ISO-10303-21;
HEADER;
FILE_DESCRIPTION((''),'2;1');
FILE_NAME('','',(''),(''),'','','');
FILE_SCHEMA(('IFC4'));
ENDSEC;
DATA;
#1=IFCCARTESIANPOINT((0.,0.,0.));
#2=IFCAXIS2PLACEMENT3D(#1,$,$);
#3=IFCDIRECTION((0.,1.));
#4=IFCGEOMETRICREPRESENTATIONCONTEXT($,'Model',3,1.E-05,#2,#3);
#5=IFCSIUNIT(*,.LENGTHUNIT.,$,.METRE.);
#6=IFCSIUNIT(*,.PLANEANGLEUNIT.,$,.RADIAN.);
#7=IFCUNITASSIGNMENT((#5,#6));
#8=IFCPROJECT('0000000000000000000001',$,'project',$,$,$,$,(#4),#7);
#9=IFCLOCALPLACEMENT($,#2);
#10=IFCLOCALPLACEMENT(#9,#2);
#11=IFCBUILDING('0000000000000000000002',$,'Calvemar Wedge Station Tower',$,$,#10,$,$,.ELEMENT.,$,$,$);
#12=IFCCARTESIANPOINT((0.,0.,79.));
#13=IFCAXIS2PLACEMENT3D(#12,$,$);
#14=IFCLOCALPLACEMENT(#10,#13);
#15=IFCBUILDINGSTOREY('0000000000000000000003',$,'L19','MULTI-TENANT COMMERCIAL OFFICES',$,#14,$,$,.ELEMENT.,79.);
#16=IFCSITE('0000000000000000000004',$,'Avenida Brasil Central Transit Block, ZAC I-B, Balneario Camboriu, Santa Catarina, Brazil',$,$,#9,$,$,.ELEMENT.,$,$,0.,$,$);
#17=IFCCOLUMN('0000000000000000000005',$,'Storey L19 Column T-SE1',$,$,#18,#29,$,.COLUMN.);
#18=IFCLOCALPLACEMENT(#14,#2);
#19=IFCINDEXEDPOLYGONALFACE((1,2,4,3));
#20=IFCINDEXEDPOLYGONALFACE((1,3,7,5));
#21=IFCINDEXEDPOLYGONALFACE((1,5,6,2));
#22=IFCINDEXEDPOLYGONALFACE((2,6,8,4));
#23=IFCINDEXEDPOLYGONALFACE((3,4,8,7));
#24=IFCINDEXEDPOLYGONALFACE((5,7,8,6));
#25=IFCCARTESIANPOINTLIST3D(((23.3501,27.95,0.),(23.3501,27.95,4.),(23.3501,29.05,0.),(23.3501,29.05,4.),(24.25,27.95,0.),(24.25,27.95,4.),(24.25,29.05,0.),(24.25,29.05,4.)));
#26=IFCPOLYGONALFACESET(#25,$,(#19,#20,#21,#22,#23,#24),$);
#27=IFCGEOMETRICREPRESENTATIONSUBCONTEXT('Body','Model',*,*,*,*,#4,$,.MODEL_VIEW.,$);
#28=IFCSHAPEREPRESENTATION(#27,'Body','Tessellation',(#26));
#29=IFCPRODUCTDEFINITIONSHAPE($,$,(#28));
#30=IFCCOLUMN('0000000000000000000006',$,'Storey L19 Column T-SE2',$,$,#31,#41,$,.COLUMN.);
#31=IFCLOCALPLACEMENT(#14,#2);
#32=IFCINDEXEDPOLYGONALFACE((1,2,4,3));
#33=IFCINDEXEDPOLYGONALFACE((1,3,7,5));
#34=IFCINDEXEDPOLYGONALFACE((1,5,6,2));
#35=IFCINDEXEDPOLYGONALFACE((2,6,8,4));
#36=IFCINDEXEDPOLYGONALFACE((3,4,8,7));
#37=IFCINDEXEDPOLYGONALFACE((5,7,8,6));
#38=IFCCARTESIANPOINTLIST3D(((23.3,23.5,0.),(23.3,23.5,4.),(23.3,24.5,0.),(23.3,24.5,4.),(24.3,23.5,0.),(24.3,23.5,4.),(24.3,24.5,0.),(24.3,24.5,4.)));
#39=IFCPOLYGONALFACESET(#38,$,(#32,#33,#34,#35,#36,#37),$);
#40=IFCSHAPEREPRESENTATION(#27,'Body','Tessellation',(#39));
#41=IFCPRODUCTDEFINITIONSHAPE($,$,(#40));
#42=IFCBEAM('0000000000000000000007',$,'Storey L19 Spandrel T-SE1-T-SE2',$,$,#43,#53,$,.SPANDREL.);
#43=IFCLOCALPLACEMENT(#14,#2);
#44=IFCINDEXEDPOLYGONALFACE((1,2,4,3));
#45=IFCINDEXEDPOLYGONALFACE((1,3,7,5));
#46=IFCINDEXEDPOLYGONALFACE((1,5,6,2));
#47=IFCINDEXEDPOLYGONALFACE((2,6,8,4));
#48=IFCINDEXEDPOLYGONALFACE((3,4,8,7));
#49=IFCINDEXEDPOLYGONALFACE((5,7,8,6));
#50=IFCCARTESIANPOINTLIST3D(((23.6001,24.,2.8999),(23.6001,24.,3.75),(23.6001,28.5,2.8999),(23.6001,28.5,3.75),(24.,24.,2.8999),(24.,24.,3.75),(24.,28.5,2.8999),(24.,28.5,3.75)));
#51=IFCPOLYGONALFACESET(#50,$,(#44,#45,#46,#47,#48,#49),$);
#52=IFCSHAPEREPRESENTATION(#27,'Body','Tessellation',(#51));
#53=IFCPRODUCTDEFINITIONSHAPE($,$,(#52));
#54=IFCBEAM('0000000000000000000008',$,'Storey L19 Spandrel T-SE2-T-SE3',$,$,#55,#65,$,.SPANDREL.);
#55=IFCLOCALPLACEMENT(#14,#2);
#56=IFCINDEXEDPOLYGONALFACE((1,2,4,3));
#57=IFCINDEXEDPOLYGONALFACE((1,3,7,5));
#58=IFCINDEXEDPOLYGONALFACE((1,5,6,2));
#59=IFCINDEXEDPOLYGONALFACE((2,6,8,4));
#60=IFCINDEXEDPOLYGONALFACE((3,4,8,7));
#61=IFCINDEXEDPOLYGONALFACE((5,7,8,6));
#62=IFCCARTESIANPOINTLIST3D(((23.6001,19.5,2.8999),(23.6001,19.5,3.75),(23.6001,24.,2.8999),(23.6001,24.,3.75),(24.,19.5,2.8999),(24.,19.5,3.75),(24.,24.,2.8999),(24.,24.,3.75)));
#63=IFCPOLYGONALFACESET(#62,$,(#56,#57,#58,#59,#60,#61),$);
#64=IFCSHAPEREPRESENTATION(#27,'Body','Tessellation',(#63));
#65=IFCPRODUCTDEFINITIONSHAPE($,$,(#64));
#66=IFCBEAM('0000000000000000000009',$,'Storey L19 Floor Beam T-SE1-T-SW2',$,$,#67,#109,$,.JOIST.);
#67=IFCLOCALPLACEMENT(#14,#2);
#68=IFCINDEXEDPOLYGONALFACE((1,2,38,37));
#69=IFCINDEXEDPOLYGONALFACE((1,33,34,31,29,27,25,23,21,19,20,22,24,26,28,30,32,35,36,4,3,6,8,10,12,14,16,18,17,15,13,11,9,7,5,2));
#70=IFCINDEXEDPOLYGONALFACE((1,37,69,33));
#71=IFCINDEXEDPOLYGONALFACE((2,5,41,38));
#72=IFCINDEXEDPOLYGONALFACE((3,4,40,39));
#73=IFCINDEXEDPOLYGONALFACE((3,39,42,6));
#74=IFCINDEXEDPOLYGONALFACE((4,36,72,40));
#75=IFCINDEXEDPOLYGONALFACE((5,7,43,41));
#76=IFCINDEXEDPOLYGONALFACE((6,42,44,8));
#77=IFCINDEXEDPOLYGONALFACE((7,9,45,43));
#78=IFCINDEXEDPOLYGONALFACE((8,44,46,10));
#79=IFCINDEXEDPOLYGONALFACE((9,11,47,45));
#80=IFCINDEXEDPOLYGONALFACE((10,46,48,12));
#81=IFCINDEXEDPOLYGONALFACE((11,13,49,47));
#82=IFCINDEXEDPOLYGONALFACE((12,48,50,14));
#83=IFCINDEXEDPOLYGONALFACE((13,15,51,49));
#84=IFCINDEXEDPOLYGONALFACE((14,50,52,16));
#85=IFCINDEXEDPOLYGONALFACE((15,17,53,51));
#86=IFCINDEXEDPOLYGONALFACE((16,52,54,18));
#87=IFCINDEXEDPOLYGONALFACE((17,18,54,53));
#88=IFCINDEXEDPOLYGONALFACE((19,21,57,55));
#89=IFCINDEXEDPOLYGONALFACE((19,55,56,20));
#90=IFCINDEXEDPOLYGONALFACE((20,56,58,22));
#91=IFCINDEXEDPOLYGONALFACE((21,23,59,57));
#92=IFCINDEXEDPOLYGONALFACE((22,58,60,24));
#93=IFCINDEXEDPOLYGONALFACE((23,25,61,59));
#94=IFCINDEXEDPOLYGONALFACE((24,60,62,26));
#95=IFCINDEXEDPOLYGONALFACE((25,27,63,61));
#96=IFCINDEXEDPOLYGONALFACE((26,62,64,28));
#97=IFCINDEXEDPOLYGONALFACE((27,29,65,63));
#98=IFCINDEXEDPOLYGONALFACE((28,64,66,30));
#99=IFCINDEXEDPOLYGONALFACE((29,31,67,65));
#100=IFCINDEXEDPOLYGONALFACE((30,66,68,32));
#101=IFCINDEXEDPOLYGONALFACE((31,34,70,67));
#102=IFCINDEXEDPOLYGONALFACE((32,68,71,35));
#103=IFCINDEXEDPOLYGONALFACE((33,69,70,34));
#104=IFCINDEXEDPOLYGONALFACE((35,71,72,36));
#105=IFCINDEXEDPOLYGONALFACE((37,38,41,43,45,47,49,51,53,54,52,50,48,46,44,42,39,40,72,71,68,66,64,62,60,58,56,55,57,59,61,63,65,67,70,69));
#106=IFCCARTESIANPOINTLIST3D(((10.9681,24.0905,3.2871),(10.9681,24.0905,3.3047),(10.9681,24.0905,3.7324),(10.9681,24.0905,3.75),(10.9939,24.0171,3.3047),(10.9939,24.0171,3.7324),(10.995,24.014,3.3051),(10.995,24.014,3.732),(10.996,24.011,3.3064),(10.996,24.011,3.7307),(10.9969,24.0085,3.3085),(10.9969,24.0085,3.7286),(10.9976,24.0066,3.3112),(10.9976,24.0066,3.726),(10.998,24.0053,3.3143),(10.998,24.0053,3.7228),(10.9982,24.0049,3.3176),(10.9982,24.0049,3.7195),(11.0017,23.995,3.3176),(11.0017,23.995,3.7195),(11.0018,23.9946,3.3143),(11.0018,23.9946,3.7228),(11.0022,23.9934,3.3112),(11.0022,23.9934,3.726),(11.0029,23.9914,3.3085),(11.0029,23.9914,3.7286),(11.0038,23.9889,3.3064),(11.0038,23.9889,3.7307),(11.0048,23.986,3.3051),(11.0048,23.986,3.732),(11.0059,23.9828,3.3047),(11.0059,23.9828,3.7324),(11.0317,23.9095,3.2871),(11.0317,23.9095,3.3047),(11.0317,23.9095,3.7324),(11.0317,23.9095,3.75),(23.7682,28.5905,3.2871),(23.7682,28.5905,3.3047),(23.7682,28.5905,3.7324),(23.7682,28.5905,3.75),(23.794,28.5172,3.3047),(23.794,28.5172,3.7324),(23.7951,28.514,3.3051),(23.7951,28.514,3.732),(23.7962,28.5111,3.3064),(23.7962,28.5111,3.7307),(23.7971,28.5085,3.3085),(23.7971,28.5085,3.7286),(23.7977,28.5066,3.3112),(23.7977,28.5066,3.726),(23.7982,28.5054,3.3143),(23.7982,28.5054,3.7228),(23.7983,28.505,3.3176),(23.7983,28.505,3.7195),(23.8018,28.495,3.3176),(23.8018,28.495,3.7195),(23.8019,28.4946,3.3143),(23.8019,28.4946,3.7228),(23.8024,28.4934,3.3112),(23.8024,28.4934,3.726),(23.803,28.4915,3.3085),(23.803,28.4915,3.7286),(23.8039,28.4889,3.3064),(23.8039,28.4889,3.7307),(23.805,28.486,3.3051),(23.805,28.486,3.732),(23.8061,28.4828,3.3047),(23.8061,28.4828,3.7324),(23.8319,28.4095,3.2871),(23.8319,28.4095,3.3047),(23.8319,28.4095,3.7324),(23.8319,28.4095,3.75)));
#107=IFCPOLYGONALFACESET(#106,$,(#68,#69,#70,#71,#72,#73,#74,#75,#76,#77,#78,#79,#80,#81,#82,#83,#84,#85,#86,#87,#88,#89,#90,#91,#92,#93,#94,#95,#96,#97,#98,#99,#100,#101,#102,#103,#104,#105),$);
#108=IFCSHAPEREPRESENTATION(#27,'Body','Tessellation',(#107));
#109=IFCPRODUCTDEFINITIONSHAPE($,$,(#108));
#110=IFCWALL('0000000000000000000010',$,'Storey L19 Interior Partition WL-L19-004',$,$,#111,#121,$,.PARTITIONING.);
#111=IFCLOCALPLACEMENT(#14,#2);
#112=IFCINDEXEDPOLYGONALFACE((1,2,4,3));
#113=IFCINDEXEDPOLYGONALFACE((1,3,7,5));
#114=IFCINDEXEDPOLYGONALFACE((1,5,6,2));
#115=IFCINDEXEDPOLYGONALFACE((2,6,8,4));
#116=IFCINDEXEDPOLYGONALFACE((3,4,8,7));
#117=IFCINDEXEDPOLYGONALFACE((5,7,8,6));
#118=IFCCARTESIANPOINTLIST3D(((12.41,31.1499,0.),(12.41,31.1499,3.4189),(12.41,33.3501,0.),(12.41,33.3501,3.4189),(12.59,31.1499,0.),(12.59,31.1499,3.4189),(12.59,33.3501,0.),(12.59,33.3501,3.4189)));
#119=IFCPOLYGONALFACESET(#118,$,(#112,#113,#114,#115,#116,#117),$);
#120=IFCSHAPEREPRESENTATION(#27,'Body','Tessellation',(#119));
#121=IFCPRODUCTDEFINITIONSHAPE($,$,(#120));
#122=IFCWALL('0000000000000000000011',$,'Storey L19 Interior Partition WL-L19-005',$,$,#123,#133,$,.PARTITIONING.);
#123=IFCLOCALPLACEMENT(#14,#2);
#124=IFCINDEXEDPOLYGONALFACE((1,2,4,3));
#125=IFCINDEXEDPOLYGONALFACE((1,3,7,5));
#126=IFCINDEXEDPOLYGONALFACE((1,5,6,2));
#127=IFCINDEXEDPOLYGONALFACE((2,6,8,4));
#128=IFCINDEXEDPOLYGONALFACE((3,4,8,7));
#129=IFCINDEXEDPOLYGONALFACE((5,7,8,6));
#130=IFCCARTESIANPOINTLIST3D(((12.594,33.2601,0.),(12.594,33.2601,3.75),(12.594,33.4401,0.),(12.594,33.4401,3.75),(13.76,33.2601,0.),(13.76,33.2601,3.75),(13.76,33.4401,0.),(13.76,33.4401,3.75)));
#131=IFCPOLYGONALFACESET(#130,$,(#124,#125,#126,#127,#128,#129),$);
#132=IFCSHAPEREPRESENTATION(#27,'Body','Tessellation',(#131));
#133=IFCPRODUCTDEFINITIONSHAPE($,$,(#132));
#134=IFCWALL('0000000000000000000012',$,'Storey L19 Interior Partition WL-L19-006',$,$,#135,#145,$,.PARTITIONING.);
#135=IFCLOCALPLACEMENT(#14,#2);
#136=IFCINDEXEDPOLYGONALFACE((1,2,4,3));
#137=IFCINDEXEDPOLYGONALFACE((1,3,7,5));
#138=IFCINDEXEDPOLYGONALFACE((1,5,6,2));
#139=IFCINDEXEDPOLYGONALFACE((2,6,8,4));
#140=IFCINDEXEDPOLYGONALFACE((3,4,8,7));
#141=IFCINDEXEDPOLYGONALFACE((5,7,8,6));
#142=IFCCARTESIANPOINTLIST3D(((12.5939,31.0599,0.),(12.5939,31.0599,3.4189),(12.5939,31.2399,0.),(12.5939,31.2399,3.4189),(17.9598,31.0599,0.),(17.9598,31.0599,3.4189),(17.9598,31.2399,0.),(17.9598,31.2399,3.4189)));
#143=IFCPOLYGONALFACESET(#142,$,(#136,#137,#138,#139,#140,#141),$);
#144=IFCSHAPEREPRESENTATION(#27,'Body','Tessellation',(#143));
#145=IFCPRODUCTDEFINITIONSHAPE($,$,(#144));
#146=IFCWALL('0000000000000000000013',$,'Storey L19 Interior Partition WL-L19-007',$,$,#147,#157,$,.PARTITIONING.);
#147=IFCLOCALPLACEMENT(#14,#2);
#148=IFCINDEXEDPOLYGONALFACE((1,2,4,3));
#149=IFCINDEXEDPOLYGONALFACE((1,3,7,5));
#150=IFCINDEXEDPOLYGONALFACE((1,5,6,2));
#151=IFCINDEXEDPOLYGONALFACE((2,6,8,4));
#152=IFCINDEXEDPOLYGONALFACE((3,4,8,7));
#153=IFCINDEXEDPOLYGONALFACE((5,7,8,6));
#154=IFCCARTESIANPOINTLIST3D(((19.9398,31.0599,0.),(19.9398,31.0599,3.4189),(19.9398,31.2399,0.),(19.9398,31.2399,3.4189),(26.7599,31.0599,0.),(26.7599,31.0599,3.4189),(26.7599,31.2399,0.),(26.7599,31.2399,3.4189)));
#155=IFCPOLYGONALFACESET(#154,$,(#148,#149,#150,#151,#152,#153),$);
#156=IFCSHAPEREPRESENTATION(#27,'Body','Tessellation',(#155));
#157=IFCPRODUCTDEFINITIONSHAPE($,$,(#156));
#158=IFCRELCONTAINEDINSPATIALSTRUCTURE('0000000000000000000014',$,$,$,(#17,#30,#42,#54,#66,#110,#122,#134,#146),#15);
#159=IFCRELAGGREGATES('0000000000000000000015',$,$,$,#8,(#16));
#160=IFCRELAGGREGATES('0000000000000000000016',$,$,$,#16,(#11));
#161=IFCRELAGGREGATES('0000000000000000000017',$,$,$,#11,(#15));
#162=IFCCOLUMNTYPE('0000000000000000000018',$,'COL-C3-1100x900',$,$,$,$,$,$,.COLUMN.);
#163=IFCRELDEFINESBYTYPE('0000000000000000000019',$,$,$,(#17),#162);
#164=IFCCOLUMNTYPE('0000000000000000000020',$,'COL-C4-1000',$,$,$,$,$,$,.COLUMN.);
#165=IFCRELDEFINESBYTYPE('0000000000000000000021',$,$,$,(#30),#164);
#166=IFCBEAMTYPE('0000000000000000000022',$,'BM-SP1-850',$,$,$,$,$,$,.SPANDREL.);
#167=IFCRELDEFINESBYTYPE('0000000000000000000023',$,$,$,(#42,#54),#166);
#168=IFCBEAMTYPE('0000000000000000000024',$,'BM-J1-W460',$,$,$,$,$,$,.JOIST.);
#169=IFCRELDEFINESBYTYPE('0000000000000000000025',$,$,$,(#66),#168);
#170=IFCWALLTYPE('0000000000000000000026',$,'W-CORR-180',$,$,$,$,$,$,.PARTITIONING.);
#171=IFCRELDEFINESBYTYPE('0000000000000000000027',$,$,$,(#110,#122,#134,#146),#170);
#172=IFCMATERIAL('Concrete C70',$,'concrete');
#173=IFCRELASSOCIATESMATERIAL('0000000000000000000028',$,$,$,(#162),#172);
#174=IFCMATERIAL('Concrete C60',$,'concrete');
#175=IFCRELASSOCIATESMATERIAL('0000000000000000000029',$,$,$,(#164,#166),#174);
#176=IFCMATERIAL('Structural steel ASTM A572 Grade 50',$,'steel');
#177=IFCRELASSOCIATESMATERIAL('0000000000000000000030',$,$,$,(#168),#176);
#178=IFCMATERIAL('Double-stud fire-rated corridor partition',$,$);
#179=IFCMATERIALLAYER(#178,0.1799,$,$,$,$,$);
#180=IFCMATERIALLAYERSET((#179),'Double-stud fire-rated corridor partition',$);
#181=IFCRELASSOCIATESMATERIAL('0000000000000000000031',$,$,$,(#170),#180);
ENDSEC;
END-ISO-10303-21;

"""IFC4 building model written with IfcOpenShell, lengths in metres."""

from ifc_helpers import new_model, si_unit, direction, frame, frame_2d, origin, origin_2d, place, context, subcontext, project, spatial, rectangle, i_section, extrude, source, transform, mapped, material, layer, layer_set, material_profile, profile_set, type_object, element, save


model = new_model("IFC4")

# Units and contexts
model_context = context("Model", 3, precision=1e-05, world=origin(), true_north=direction((0.0, 1.0)))
body_context = subcontext(model_context, "Body", "Model", "MODEL_VIEW")
ifc_project = project(units=[si_unit("LENGTHUNIT", "METRE"), si_unit("PLANEANGLEUNIT", "RADIAN")], contexts=[model_context])

# Site, building, storey
site_placement = place(None, origin())
site = spatial("IfcSite", under=ifc_project, at=site_placement, Name="Avenida Brasil Central Transit Block, ZAC I-B, Balneario Camboriu, Santa Catarina, Brazil", CompositionType="ELEMENT", RefElevation=0.0)
building_placement = place(site_placement, origin())
building = spatial("IfcBuilding", under=site, at=building_placement, Name="Calvemar Wedge Station Tower", CompositionType="ELEMENT")
storey_placement = place(building_placement, frame((0.0, 0.0, 79.0)))
storey = spatial("IfcBuildingStorey", under=building, at=storey_placement, Name="L19", Description="MULTI-TENANT COMMERCIAL OFFICES", CompositionType="ELEMENT", Elevation=79.0)

# Columns
ifc_material_1 = material(Name="Concrete C70", Category="concrete")
ifc_material_profile_1 = material_profile(ifc_material_1, rectangle(XDim=0.8999, YDim=1.1001, at=origin_2d()), Name="RC1100x900")
ifc_profile_set_1 = profile_set([ifc_material_profile_1], Name="Concrete C70")
column_type_1 = type_object("IfcColumnType", Name="COL-C3-1100x900", PredefinedType="COLUMN", material=ifc_profile_set_1)
shared_shape_1 = source(origin(), body_context, "Body", "SweptSolid", [
    extrude(rectangle(XDim=0.8999, YDim=1.1001, at=origin_2d()), origin(), (0.0, 0.0, 1.0), 4.0),
])
column_1_placement = place(storey_placement, frame((23.8, 28.5, 0.0), z_axis=(0.0, 0.0, 1.0), x_axis=(1.0, 0.0, 0.0)))
element("IfcColumn", 1, at=column_1_placement, inside=storey, type_object=column_type_1, Name="Storey L19 Column T-SE1", PredefinedType="COLUMN", context=body_context, shape_type="MappedRepresentation", body=[
    mapped(shared_shape_1, transform((0.0, 0.0, 0.0), scale=1.0)),
])
ifc_material_2 = material(Name="Concrete C60", Category="concrete")
ifc_material_profile_2 = material_profile(ifc_material_2, rectangle(XDim=1.0, YDim=1.0, at=origin_2d()), Name="RC1000x1000")
ifc_profile_set_2 = profile_set([ifc_material_profile_2], Name="Concrete C60")
column_type_2 = type_object("IfcColumnType", Name="COL-C4-1000", PredefinedType="COLUMN", material=ifc_profile_set_2)
shared_shape_2 = source(origin(), body_context, "Body", "SweptSolid", [
    extrude(rectangle(XDim=1.0, YDim=1.0, at=origin_2d()), origin(), (0.0, 0.0, 1.0), 4.0),
])
column_2_placement = place(storey_placement, frame((23.8, 24.0, 0.0), z_axis=(0.0, 0.0, 1.0), x_axis=(1.0, 0.0, 0.0)))
element("IfcColumn", 2, at=column_2_placement, inside=storey, type_object=column_type_2, Name="Storey L19 Column T-SE2", PredefinedType="COLUMN", context=body_context, shape_type="MappedRepresentation", body=[
    mapped(shared_shape_2, transform((0.0, 0.0, 0.0), scale=1.0)),
])

# Beams
ifc_material_profile_3 = material_profile(ifc_material_2, rectangle(XDim=0.3999, YDim=0.8501, at=origin_2d()), Name="RC400x850")
ifc_profile_set_3 = profile_set([ifc_material_profile_3], Name="Concrete C60")
beam_type_1 = type_object("IfcBeamType", Name="BM-SP1-850", PredefinedType="SPANDREL", material=ifc_profile_set_3)
shared_shape_3 = source(origin(), body_context, "Body", "SweptSolid", [
    extrude(rectangle(XDim=0.3999, YDim=0.8501, at=origin_2d()), origin(), (0.0, 0.0, 1.0), 4.5),
])
for number, where, z_axis, x_axis, name in (
    (3, (23.8, 28.5, 3.325), (0.0, -1.0, 0.0), (1.0, 0.0, 0.0), "Storey L19 Spandrel T-SE1-T-SE2"),
    (4, (23.8, 24.0, 3.325), (0.0, -1.0, 0.0), (1.0, 0.0, 0.0), "Storey L19 Spandrel T-SE2-T-SE3"),
):
    element("IfcBeam", number, at=place(storey_placement, frame(where, z_axis=z_axis, x_axis=x_axis)), inside=storey, type_object=beam_type_1, Name=name, PredefinedType="SPANDREL", context=body_context, shape_type="MappedRepresentation", body=[
        mapped(shared_shape_3, transform((0.0, 0.0, 0.0), scale=1.0)),
    ])
ifc_material_3 = material(Name="Structural steel ASTM A572 Grade 50", Category="steel")
ifc_material_profile_4 = material_profile(ifc_material_3, i_section(OverallWidth=0.1919, OverallDepth=0.4629, WebThickness=0.0105, FlangeThickness=0.0176, FilletRadius=0.0129, at=origin_2d()), Name="W460x89")
ifc_profile_set_4 = profile_set([ifc_material_profile_4], Name="Structural steel ASTM A572 Grade 50")
beam_type_2 = type_object("IfcBeamType", Name="BM-J1-W460", PredefinedType="JOIST", material=ifc_profile_set_4)
shared_shape_4 = source(origin(), body_context, "Body", "SweptSolid", [
    extrude(i_section(OverallWidth=0.1919, OverallDepth=0.4629, WebThickness=0.0105, FlangeThickness=0.0176, FilletRadius=0.0129, at=origin_2d()), origin(), (0.0, 0.0, 1.0), 13.5681),
])
beam_placement = place(storey_placement, frame((23.8, 28.5, 3.5186), z_axis=(-0.943398, -0.331662, 0.0), x_axis=(0.331662, -0.943398, 0.0)))
element("IfcBeam", 5, at=beam_placement, inside=storey, type_object=beam_type_2, Name="Storey L19 Floor Beam T-SE1-T-SW2", PredefinedType="JOIST", context=body_context, shape_type="MappedRepresentation", body=[
    mapped(shared_shape_4, transform((0.0, 0.0, 0.0), scale=1.0)),
])

# Walls
ifc_material_4 = material(Name="Double-stud fire-rated corridor partition")
ifc_layer_1 = layer(ifc_material_4, 0.1799)
ifc_layer_set_1 = layer_set([ifc_layer_1], Name="Double-stud fire-rated corridor partition")
wall_type_1 = type_object("IfcWallType", Name="W-CORR-180", PredefinedType="PARTITIONING", material=ifc_layer_set_1)
wall_1_placement = place(storey_placement, frame((12.5, 31.1499, 0.0), z_axis=(0.0, 0.0, 1.0), x_axis=(0.0, 1.0, 0.0)))
element("IfcWall", 6, at=wall_1_placement, inside=storey, type_object=wall_type_1, Name="Storey L19 Interior Partition WL-L19-004", PredefinedType="PARTITIONING", context=body_context, shape_type="SweptSolid", body=[
    extrude(rectangle(XDim=2.2002, YDim=0.1799, at=frame_2d((1.1001, 0.0))), origin(), (0.0, 0.0, 1.0), 3.4189),
])
wall_2_placement = place(storey_placement, frame((12.594, 33.3501, 0.0), z_axis=(0.0, 0.0, 1.0), x_axis=(1.0, 0.0, 0.0)))
element("IfcWall", 7, at=wall_2_placement, inside=storey, type_object=wall_type_1, Name="Storey L19 Interior Partition WL-L19-005", PredefinedType="PARTITIONING", context=body_context, shape_type="SweptSolid", body=[
    extrude(rectangle(XDim=1.166, YDim=0.1799, at=frame_2d((0.583, 0.0))), origin(), (0.0, 0.0, 1.0), 3.75),
])
wall_3_placement = place(storey_placement, frame((17.96, 31.1499, 0.0), z_axis=(0.0, 0.0, 1.0), x_axis=(-1.0, 0.0, 0.0)))
element("IfcWall", 8, at=wall_3_placement, inside=storey, type_object=wall_type_1, Name="Storey L19 Interior Partition WL-L19-006", PredefinedType="PARTITIONING", context=body_context, shape_type="SweptSolid", body=[
    extrude(rectangle(XDim=5.366, YDim=0.1799, at=frame_2d((2.6831, 0.0))), origin(), (0.0, 0.0, 1.0), 3.4189),
])
wall_4_placement = place(storey_placement, frame((26.76, 31.1499, 0.0), z_axis=(0.0, 0.0, 1.0), x_axis=(-1.0, 0.0, 0.0)))
element("IfcWall", 9, at=wall_4_placement, inside=storey, type_object=wall_type_1, Name="Storey L19 Interior Partition WL-L19-007", PredefinedType="PARTITIONING", context=body_context, shape_type="SweptSolid", body=[
    extrude(rectangle(XDim=6.8201, YDim=0.1799, at=frame_2d((3.4102, 0.0))), origin(), (0.0, 0.0, 1.0), 3.4189),
])

save(model, "model.ifc")
